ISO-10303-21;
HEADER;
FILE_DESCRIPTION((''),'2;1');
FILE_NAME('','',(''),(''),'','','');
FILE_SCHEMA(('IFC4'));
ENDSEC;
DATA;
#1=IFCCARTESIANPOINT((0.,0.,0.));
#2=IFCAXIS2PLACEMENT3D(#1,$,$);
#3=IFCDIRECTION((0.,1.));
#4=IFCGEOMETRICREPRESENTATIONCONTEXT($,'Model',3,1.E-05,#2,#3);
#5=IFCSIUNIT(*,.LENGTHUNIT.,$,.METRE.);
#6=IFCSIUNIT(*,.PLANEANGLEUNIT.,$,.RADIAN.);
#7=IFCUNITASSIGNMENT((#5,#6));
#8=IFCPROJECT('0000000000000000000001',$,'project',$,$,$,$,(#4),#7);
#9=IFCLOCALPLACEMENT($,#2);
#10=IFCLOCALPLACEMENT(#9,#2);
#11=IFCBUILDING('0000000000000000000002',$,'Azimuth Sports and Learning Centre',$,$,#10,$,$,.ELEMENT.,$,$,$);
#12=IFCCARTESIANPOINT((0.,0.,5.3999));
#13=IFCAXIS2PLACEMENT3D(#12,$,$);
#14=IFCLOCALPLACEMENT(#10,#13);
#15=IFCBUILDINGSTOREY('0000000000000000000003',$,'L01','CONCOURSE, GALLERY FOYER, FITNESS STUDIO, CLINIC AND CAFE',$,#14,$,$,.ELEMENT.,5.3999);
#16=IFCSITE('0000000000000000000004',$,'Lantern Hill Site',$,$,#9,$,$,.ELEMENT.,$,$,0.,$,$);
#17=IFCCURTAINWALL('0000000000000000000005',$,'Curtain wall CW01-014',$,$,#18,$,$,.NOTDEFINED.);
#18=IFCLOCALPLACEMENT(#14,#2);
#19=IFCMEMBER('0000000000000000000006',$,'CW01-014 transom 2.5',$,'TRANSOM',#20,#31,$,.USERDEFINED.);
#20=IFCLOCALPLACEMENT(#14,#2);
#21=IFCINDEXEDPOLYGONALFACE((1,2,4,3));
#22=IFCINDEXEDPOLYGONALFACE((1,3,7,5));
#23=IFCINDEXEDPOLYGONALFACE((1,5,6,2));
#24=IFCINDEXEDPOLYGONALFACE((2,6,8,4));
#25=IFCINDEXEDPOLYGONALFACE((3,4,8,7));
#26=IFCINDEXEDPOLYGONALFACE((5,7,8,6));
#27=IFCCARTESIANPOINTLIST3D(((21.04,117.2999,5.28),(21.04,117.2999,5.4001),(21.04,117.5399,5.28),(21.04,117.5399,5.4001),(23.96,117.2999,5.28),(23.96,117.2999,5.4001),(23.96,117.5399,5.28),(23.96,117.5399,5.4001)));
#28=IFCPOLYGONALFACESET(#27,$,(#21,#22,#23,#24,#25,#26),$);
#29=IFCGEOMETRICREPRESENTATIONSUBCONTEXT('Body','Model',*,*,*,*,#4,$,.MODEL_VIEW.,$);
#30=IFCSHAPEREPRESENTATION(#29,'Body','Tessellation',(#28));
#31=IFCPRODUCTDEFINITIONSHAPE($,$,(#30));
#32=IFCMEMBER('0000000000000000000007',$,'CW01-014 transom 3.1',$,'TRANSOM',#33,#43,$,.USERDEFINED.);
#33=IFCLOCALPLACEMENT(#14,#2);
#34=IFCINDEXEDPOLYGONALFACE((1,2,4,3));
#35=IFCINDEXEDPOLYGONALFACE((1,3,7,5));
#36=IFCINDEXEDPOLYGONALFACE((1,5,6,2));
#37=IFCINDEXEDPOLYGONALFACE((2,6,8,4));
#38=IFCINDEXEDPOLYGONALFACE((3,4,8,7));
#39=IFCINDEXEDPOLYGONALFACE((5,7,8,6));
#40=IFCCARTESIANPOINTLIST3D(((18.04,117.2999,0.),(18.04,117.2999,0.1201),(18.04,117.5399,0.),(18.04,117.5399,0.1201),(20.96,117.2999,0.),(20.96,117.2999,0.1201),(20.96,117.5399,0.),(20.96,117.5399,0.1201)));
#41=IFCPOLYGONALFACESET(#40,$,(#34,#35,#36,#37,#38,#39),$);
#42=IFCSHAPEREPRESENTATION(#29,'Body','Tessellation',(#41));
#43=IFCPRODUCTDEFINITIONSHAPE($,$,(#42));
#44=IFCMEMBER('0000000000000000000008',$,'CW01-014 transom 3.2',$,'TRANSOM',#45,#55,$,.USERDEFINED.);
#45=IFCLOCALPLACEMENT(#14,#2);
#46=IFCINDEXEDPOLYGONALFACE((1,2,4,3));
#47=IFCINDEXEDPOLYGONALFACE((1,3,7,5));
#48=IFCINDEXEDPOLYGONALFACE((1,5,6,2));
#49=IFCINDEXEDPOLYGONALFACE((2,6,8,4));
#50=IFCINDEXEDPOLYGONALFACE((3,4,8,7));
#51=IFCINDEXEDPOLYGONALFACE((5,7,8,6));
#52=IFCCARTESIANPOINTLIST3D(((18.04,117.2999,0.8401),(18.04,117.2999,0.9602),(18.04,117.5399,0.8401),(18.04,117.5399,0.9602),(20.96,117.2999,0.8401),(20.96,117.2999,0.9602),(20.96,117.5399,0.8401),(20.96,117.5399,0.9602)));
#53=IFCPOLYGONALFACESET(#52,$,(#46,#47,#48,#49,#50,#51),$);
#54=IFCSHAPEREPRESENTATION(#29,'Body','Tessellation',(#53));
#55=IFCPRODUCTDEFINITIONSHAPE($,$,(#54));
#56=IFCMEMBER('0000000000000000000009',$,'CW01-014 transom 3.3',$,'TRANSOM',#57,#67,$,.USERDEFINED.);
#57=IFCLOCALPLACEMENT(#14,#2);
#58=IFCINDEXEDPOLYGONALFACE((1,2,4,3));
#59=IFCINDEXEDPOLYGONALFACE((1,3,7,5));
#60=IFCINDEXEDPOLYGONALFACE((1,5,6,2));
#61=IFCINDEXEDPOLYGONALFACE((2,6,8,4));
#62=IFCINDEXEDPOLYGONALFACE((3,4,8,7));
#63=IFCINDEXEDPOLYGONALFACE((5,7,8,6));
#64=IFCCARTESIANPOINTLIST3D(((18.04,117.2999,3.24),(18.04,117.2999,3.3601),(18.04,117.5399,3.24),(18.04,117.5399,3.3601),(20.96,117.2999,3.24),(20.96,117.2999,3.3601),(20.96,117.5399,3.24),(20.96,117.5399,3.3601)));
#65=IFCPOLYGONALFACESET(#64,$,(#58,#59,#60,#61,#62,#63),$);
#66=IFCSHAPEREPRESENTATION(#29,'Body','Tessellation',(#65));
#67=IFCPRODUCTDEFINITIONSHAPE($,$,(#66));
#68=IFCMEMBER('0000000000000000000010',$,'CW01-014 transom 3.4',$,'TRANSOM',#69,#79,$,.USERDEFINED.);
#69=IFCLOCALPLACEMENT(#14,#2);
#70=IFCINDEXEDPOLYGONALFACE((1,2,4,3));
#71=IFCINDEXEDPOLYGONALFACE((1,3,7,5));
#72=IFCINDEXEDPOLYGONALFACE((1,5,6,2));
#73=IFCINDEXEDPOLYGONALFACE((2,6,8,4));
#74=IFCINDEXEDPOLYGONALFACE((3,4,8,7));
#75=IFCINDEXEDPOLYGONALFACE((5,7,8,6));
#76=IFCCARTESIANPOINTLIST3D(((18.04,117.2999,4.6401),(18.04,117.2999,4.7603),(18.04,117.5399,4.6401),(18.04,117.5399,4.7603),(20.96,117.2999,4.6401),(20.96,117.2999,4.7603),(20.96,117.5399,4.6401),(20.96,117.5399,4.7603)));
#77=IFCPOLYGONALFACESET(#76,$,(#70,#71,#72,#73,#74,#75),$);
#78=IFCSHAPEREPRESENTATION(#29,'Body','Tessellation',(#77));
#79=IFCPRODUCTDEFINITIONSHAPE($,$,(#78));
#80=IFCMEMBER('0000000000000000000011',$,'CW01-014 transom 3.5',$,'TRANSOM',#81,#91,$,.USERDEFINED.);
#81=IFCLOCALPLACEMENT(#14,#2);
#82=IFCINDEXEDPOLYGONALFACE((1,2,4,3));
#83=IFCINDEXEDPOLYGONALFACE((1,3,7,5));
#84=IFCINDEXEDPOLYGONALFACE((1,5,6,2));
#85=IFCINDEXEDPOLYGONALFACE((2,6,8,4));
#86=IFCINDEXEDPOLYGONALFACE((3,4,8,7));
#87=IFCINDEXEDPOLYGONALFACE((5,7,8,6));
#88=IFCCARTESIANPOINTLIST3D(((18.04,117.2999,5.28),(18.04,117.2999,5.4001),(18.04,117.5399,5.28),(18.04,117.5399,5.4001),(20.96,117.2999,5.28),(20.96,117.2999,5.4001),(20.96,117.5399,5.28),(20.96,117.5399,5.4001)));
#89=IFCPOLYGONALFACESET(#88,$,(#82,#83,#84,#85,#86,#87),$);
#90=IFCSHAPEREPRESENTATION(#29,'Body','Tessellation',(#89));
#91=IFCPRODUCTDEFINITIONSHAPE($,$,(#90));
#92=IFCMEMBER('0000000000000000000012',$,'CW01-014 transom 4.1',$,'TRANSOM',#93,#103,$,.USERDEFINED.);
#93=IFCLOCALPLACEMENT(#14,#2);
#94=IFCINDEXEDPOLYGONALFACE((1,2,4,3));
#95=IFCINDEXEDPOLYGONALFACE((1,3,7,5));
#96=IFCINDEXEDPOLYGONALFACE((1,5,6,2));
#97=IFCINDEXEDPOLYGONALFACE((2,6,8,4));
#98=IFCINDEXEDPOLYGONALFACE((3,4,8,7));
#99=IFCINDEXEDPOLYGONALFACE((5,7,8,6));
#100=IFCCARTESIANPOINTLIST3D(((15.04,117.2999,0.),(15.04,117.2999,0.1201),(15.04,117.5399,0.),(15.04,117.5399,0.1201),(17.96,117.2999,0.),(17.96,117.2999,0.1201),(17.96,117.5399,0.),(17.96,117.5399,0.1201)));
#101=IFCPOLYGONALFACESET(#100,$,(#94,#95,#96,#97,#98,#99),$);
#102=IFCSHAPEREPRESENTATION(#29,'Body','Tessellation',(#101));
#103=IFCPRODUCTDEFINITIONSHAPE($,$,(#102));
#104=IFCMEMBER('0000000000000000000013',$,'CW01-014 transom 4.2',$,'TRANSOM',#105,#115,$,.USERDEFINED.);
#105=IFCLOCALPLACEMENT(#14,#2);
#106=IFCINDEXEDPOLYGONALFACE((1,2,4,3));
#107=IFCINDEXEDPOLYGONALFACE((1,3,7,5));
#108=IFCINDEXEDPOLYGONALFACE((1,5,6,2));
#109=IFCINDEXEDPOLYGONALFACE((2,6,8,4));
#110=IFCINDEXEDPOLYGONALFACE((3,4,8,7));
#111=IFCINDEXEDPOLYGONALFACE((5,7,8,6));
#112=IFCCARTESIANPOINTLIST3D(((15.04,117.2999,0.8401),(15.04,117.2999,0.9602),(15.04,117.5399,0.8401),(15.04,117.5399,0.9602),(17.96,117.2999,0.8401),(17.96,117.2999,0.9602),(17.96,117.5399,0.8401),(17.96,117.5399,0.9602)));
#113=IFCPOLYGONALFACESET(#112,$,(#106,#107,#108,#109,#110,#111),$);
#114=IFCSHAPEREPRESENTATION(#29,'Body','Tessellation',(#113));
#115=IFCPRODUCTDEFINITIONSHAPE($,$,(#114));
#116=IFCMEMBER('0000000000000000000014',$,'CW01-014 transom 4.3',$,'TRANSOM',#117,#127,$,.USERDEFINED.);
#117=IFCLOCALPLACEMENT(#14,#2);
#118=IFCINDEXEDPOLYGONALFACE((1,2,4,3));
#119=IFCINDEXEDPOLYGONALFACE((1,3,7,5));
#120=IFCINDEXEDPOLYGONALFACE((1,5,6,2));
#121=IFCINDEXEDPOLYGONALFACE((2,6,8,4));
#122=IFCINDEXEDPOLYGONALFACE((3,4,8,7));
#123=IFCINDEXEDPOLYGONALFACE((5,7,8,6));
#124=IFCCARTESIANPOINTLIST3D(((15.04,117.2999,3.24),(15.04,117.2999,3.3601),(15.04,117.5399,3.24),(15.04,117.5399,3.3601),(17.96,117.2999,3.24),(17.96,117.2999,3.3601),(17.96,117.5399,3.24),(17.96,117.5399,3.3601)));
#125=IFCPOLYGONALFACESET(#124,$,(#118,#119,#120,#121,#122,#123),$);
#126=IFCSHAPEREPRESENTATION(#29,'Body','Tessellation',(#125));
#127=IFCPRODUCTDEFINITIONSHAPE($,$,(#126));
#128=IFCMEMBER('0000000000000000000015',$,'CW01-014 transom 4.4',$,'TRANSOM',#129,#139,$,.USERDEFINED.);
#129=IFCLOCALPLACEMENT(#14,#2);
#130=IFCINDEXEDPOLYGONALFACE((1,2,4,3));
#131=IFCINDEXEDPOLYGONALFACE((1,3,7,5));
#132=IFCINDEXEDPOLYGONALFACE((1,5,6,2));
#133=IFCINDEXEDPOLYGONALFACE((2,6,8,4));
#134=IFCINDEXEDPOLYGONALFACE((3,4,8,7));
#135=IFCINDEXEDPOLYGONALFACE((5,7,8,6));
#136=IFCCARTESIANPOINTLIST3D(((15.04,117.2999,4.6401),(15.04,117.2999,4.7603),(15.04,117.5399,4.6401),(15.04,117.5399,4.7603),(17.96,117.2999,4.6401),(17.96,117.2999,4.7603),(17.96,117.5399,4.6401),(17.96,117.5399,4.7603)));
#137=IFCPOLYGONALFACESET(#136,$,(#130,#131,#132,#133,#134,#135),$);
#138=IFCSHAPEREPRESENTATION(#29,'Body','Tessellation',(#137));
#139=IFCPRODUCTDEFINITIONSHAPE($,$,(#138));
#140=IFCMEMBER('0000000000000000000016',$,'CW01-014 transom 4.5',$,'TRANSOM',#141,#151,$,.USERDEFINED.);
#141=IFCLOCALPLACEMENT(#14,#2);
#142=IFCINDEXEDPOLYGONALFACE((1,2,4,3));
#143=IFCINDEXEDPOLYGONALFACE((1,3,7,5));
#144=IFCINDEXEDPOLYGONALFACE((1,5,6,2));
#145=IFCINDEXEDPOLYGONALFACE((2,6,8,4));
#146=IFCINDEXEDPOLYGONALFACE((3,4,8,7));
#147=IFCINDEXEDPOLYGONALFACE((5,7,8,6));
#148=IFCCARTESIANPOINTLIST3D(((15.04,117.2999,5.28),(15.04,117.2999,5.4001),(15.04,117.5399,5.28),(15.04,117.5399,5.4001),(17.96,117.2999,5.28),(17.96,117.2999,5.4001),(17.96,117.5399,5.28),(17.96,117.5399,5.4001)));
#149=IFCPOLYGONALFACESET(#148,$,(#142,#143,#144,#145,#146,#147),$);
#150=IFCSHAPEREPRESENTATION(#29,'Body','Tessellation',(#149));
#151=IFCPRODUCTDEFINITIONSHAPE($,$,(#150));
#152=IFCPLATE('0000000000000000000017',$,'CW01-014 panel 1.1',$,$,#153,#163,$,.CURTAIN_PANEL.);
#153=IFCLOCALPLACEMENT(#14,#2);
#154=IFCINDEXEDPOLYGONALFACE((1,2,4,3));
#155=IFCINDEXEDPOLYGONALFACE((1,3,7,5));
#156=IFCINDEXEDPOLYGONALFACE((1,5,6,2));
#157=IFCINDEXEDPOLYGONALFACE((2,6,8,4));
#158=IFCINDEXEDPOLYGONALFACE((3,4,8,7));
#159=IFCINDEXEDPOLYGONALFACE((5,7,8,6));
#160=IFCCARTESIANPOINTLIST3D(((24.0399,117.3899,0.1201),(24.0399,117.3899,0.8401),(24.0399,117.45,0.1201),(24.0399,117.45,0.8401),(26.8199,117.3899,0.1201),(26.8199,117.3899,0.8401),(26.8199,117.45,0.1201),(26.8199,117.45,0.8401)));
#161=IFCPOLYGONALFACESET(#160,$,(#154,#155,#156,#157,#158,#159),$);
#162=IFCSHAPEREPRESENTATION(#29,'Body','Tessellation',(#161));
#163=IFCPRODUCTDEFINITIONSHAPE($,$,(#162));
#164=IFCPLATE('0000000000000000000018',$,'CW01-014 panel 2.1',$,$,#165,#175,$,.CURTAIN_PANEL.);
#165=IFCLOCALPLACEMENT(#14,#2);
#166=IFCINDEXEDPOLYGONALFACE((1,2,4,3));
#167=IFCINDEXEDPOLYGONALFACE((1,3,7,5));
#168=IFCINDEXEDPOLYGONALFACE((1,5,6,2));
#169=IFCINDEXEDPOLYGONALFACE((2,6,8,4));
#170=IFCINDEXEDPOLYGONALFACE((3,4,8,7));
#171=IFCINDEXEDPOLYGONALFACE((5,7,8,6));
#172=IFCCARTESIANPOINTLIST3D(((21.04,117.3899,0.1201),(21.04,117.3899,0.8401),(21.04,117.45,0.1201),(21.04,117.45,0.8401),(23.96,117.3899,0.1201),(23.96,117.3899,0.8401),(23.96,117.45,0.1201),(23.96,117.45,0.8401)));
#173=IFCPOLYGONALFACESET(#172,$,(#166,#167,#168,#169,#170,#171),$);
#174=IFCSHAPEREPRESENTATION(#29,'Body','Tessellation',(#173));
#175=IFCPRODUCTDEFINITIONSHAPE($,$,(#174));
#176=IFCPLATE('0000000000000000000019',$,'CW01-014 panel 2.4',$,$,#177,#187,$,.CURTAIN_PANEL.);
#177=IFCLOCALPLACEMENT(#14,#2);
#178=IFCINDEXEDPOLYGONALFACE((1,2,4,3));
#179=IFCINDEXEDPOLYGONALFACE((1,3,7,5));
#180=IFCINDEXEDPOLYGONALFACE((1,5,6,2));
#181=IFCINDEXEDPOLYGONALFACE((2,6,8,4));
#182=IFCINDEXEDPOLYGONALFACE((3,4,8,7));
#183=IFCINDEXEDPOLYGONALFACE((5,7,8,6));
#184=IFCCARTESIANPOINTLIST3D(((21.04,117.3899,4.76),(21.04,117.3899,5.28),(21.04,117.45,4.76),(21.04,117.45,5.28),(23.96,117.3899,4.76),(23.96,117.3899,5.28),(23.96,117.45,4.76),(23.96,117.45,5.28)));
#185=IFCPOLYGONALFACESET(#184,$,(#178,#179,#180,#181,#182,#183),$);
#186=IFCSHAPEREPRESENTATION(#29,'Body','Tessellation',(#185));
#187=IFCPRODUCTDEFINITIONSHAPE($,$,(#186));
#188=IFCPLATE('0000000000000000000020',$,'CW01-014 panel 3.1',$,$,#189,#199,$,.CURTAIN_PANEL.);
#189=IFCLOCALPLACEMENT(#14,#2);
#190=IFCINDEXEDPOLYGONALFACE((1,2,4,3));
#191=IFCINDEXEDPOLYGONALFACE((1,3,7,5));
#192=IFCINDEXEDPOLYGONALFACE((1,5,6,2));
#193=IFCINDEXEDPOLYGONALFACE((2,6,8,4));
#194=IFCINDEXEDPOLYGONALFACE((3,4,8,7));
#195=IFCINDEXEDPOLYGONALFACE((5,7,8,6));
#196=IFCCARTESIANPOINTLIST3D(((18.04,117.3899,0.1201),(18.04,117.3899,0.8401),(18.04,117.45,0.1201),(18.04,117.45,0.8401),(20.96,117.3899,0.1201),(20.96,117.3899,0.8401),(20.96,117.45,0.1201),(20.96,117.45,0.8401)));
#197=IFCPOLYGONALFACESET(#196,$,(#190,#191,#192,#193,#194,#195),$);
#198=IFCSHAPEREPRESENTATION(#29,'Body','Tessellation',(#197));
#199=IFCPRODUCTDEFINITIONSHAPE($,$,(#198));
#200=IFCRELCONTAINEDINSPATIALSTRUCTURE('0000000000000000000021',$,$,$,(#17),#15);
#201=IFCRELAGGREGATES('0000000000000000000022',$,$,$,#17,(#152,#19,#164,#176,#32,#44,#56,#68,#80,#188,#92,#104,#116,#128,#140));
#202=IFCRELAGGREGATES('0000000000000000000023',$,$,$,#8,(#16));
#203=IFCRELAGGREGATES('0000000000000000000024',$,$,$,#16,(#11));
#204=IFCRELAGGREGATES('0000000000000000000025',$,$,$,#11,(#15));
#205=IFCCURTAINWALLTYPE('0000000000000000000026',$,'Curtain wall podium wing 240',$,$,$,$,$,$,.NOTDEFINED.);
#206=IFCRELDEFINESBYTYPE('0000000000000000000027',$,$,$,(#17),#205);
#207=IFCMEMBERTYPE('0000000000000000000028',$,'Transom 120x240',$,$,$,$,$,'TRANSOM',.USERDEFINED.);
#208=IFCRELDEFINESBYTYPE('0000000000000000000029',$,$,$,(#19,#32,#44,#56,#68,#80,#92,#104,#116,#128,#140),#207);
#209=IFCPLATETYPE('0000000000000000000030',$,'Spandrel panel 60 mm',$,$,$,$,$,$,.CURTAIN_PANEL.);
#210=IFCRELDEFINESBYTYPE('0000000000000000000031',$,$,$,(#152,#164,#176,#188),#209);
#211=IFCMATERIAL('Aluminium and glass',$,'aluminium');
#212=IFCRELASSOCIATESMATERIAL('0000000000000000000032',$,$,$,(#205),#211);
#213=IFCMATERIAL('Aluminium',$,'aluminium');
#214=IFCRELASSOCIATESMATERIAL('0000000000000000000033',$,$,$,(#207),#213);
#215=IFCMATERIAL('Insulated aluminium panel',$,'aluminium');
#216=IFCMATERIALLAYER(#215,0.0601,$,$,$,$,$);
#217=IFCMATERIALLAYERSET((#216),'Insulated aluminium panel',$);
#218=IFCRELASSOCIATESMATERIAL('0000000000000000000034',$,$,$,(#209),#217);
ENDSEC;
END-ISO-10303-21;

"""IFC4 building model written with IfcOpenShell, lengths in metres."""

from ifc_helpers import new_model, si_unit, direction, frame, origin, origin_2d, place, context, subcontext, project, spatial, rectangle, extrude, material, layer, layer_set, material_profile, profile_set, type_object, element, aggregate, save


model = new_model("IFC4")

# Units and contexts
model_context = context("Model", 3, precision=1e-05, world=origin(), true_north=direction((0.0, 1.0)))
body_context = subcontext(model_context, "Body", "Model", "MODEL_VIEW")
ifc_project = project(units=[si_unit("LENGTHUNIT", "METRE"), si_unit("PLANEANGLEUNIT", "RADIAN")], contexts=[model_context])

# Site, building, storey
site_placement = place(None, origin())
site = spatial("IfcSite", under=ifc_project, at=site_placement, Name="Lantern Hill Site", CompositionType="ELEMENT", RefElevation=0.0)
building_placement = place(site_placement, origin())
building = spatial("IfcBuilding", under=site, at=building_placement, Name="Azimuth Sports and Learning Centre", CompositionType="ELEMENT")
storey_placement = place(building_placement, frame((0.0, 0.0, 5.3999)))
storey = spatial("IfcBuildingStorey", under=building, at=storey_placement, Name="L01", Description="CONCOURSE, GALLERY FOYER, FITNESS STUDIO, CLINIC AND CAFE", CompositionType="ELEMENT", Elevation=5.3999)

# Curtain wall, members, plates
ifc_material_1 = material(Name="Aluminium and glass", Category="aluminium")
curtain_wall_type = type_object("IfcCurtainWallType", Name="Curtain wall podium wing 240", PredefinedType="NOTDEFINED", material=ifc_material_1)
curtain_wall_placement = place(storey_placement, origin())
curtain_wall = element("IfcCurtainWall", 1, at=curtain_wall_placement, inside=storey, type_object=curtain_wall_type, Name="Curtain wall CW01-014", PredefinedType="NOTDEFINED")
ifc_material_2 = material(Name="Aluminium", Category="aluminium")
ifc_material_profile_1 = material_profile(ifc_material_2, rectangle(XDim=0.24, YDim=0.1201, at=origin_2d()), Name="Transom 120x240")
ifc_profile_set_1 = profile_set([ifc_material_profile_1], Name="Aluminium")
member_type_1 = type_object("IfcMemberType", Name="Transom 120x240", ElementType="TRANSOM", PredefinedType="USERDEFINED", material=ifc_profile_set_1)
member_1_placement = place(storey_placement, frame((23.96, 117.4199, 5.3401), z_axis=(-1.0, 0.0, 0.0), x_axis=(0.0, -1.0, 0.0)))
member_1 = element("IfcMember", 2, at=member_1_placement, type_object=member_type_1, Name="CW01-014 transom 2.5", ObjectType="TRANSOM", PredefinedType="USERDEFINED", context=body_context, shape_type="SweptSolid", body=[
    extrude(rectangle(XDim=0.24, YDim=0.1201, at=origin_2d()), origin(), (0.0, 0.0, 1.0), 2.9199),
])
member_2_placement = place(storey_placement, frame((20.96, 117.4199, 0.0601), z_axis=(-1.0, 0.0, 0.0), x_axis=(0.0, -1.0, 0.0)))
member_2 = element("IfcMember", 3, at=member_2_placement, type_object=member_type_1, Name="CW01-014 transom 3.1", ObjectType="TRANSOM", PredefinedType="USERDEFINED", context=body_context, shape_type="SweptSolid", body=[
    extrude(rectangle(XDim=0.24, YDim=0.1201, at=origin_2d()), origin(), (0.0, 0.0, 1.0), 2.9199),
])
member_3_placement = place(storey_placement, frame((20.96, 117.4199, 0.9001), z_axis=(-1.0, 0.0, 0.0), x_axis=(0.0, -1.0, 0.0)))
member_3 = element("IfcMember", 4, at=member_3_placement, type_object=member_type_1, Name="CW01-014 transom 3.2", ObjectType="TRANSOM", PredefinedType="USERDEFINED", context=body_context, shape_type="SweptSolid", body=[
    extrude(rectangle(XDim=0.24, YDim=0.1201, at=origin_2d()), origin(), (0.0, 0.0, 1.0), 2.9199),
])
member_4_placement = place(storey_placement, frame((20.96, 117.4199, 3.3), z_axis=(-1.0, 0.0, 0.0), x_axis=(0.0, -1.0, 0.0)))
member_4 = element("IfcMember", 5, at=member_4_placement, type_object=member_type_1, Name="CW01-014 transom 3.3", ObjectType="TRANSOM", PredefinedType="USERDEFINED", context=body_context, shape_type="SweptSolid", body=[
    extrude(rectangle(XDim=0.24, YDim=0.1201, at=origin_2d()), origin(), (0.0, 0.0, 1.0), 2.9199),
])
member_5_placement = place(storey_placement, frame((20.96, 117.4199, 4.7002), z_axis=(-1.0, 0.0, 0.0), x_axis=(0.0, -1.0, 0.0)))
member_5 = element("IfcMember", 6, at=member_5_placement, type_object=member_type_1, Name="CW01-014 transom 3.4", ObjectType="TRANSOM", PredefinedType="USERDEFINED", context=body_context, shape_type="SweptSolid", body=[
    extrude(rectangle(XDim=0.24, YDim=0.1201, at=origin_2d()), origin(), (0.0, 0.0, 1.0), 2.9199),
])
member_6_placement = place(storey_placement, frame((20.96, 117.4199, 5.3401), z_axis=(-1.0, 0.0, 0.0), x_axis=(0.0, -1.0, 0.0)))
member_6 = element("IfcMember", 7, at=member_6_placement, type_object=member_type_1, Name="CW01-014 transom 3.5", ObjectType="TRANSOM", PredefinedType="USERDEFINED", context=body_context, shape_type="SweptSolid", body=[
    extrude(rectangle(XDim=0.24, YDim=0.1201, at=origin_2d()), origin(), (0.0, 0.0, 1.0), 2.9199),
])
member_7_placement = place(storey_placement, frame((17.96, 117.4199, 0.0601), z_axis=(-1.0, 0.0, 0.0), x_axis=(0.0, -1.0, 0.0)))
member_7 = element("IfcMember", 8, at=member_7_placement, type_object=member_type_1, Name="CW01-014 transom 4.1", ObjectType="TRANSOM", PredefinedType="USERDEFINED", context=body_context, shape_type="SweptSolid", body=[
    extrude(rectangle(XDim=0.24, YDim=0.1201, at=origin_2d()), origin(), (0.0, 0.0, 1.0), 2.9199),
])
member_8_placement = place(storey_placement, frame((17.96, 117.4199, 0.9001), z_axis=(-1.0, 0.0, 0.0), x_axis=(0.0, -1.0, 0.0)))
member_8 = element("IfcMember", 9, at=member_8_placement, type_object=member_type_1, Name="CW01-014 transom 4.2", ObjectType="TRANSOM", PredefinedType="USERDEFINED", context=body_context, shape_type="SweptSolid", body=[
    extrude(rectangle(XDim=0.24, YDim=0.1201, at=origin_2d()), origin(), (0.0, 0.0, 1.0), 2.9199),
])
member_9_placement = place(storey_placement, frame((17.96, 117.4199, 3.3), z_axis=(-1.0, 0.0, 0.0), x_axis=(0.0, -1.0, 0.0)))
member_9 = element("IfcMember", 10, at=member_9_placement, type_object=member_type_1, Name="CW01-014 transom 4.3", ObjectType="TRANSOM", PredefinedType="USERDEFINED", context=body_context, shape_type="SweptSolid", body=[
    extrude(rectangle(XDim=0.24, YDim=0.1201, at=origin_2d()), origin(), (0.0, 0.0, 1.0), 2.9199),
])
member_10_placement = place(storey_placement, frame((17.96, 117.4199, 4.7002), z_axis=(-1.0, 0.0, 0.0), x_axis=(0.0, -1.0, 0.0)))
member_10 = element("IfcMember", 11, at=member_10_placement, type_object=member_type_1, Name="CW01-014 transom 4.4", ObjectType="TRANSOM", PredefinedType="USERDEFINED", context=body_context, shape_type="SweptSolid", body=[
    extrude(rectangle(XDim=0.24, YDim=0.1201, at=origin_2d()), origin(), (0.0, 0.0, 1.0), 2.9199),
])
member_11_placement = place(storey_placement, frame((17.96, 117.4199, 5.3401), z_axis=(-1.0, 0.0, 0.0), x_axis=(0.0, -1.0, 0.0)))
member_11 = element("IfcMember", 12, at=member_11_placement, type_object=member_type_1, Name="CW01-014 transom 4.5", ObjectType="TRANSOM", PredefinedType="USERDEFINED", context=body_context, shape_type="SweptSolid", body=[
    extrude(rectangle(XDim=0.24, YDim=0.1201, at=origin_2d()), origin(), (0.0, 0.0, 1.0), 2.9199),
])
ifc_material_3 = material(Name="Insulated aluminium panel", Category="aluminium")
ifc_layer_1 = layer(ifc_material_3, 0.0601)
ifc_layer_set_1 = layer_set([ifc_layer_1], Name="Insulated aluminium panel")
plate_type_1 = type_object("IfcPlateType", Name="Spandrel panel 60 mm", PredefinedType="CURTAIN_PANEL", material=ifc_layer_set_1)
plate_1_placement = place(storey_placement, frame((25.4299, 117.4199, 0.1201), z_axis=(0.0, 0.0, 1.0), x_axis=(-1.0, 0.0, 0.0)))
plate_1 = element("IfcPlate", 13, at=plate_1_placement, type_object=plate_type_1, Name="CW01-014 panel 1.1", PredefinedType="CURTAIN_PANEL", context=body_context, shape_type="SweptSolid", body=[
    extrude(rectangle(XDim=2.78, YDim=0.0601, at=origin_2d()), origin(), (0.0, 0.0, 1.0), 0.72),
])
plate_2_placement = place(storey_placement, frame((22.5, 117.4199, 0.1201), z_axis=(0.0, 0.0, 1.0), x_axis=(-1.0, 0.0, 0.0)))
plate_2 = element("IfcPlate", 14, at=plate_2_placement, type_object=plate_type_1, Name="CW01-014 panel 2.1", PredefinedType="CURTAIN_PANEL", context=body_context, shape_type="SweptSolid", body=[
    extrude(rectangle(XDim=2.9199, YDim=0.0601, at=origin_2d()), origin(), (0.0, 0.0, 1.0), 0.72),
])
plate_3_placement = place(storey_placement, frame((22.5, 117.4199, 4.76), z_axis=(0.0, 0.0, 1.0), x_axis=(-1.0, 0.0, 0.0)))
plate_3 = element("IfcPlate", 15, at=plate_3_placement, type_object=plate_type_1, Name="CW01-014 panel 2.4", PredefinedType="CURTAIN_PANEL", context=body_context, shape_type="SweptSolid", body=[
    extrude(rectangle(XDim=2.9199, YDim=0.0601, at=origin_2d()), origin(), (0.0, 0.0, 1.0), 0.52),
])
plate_4_placement = place(storey_placement, frame((19.5, 117.4199, 0.1201), z_axis=(0.0, 0.0, 1.0), x_axis=(-1.0, 0.0, 0.0)))
plate_4 = element("IfcPlate", 16, at=plate_4_placement, type_object=plate_type_1, Name="CW01-014 panel 3.1", PredefinedType="CURTAIN_PANEL", context=body_context, shape_type="SweptSolid", body=[
    extrude(rectangle(XDim=2.9199, YDim=0.0601, at=origin_2d()), origin(), (0.0, 0.0, 1.0), 0.72),
])
aggregate(curtain_wall, [plate_1, member_1, plate_2, plate_3, member_2, member_3, member_4, member_5, member_6, plate_4, member_7, member_8, member_9, member_10, member_11])

save(model, "model.ifc")
